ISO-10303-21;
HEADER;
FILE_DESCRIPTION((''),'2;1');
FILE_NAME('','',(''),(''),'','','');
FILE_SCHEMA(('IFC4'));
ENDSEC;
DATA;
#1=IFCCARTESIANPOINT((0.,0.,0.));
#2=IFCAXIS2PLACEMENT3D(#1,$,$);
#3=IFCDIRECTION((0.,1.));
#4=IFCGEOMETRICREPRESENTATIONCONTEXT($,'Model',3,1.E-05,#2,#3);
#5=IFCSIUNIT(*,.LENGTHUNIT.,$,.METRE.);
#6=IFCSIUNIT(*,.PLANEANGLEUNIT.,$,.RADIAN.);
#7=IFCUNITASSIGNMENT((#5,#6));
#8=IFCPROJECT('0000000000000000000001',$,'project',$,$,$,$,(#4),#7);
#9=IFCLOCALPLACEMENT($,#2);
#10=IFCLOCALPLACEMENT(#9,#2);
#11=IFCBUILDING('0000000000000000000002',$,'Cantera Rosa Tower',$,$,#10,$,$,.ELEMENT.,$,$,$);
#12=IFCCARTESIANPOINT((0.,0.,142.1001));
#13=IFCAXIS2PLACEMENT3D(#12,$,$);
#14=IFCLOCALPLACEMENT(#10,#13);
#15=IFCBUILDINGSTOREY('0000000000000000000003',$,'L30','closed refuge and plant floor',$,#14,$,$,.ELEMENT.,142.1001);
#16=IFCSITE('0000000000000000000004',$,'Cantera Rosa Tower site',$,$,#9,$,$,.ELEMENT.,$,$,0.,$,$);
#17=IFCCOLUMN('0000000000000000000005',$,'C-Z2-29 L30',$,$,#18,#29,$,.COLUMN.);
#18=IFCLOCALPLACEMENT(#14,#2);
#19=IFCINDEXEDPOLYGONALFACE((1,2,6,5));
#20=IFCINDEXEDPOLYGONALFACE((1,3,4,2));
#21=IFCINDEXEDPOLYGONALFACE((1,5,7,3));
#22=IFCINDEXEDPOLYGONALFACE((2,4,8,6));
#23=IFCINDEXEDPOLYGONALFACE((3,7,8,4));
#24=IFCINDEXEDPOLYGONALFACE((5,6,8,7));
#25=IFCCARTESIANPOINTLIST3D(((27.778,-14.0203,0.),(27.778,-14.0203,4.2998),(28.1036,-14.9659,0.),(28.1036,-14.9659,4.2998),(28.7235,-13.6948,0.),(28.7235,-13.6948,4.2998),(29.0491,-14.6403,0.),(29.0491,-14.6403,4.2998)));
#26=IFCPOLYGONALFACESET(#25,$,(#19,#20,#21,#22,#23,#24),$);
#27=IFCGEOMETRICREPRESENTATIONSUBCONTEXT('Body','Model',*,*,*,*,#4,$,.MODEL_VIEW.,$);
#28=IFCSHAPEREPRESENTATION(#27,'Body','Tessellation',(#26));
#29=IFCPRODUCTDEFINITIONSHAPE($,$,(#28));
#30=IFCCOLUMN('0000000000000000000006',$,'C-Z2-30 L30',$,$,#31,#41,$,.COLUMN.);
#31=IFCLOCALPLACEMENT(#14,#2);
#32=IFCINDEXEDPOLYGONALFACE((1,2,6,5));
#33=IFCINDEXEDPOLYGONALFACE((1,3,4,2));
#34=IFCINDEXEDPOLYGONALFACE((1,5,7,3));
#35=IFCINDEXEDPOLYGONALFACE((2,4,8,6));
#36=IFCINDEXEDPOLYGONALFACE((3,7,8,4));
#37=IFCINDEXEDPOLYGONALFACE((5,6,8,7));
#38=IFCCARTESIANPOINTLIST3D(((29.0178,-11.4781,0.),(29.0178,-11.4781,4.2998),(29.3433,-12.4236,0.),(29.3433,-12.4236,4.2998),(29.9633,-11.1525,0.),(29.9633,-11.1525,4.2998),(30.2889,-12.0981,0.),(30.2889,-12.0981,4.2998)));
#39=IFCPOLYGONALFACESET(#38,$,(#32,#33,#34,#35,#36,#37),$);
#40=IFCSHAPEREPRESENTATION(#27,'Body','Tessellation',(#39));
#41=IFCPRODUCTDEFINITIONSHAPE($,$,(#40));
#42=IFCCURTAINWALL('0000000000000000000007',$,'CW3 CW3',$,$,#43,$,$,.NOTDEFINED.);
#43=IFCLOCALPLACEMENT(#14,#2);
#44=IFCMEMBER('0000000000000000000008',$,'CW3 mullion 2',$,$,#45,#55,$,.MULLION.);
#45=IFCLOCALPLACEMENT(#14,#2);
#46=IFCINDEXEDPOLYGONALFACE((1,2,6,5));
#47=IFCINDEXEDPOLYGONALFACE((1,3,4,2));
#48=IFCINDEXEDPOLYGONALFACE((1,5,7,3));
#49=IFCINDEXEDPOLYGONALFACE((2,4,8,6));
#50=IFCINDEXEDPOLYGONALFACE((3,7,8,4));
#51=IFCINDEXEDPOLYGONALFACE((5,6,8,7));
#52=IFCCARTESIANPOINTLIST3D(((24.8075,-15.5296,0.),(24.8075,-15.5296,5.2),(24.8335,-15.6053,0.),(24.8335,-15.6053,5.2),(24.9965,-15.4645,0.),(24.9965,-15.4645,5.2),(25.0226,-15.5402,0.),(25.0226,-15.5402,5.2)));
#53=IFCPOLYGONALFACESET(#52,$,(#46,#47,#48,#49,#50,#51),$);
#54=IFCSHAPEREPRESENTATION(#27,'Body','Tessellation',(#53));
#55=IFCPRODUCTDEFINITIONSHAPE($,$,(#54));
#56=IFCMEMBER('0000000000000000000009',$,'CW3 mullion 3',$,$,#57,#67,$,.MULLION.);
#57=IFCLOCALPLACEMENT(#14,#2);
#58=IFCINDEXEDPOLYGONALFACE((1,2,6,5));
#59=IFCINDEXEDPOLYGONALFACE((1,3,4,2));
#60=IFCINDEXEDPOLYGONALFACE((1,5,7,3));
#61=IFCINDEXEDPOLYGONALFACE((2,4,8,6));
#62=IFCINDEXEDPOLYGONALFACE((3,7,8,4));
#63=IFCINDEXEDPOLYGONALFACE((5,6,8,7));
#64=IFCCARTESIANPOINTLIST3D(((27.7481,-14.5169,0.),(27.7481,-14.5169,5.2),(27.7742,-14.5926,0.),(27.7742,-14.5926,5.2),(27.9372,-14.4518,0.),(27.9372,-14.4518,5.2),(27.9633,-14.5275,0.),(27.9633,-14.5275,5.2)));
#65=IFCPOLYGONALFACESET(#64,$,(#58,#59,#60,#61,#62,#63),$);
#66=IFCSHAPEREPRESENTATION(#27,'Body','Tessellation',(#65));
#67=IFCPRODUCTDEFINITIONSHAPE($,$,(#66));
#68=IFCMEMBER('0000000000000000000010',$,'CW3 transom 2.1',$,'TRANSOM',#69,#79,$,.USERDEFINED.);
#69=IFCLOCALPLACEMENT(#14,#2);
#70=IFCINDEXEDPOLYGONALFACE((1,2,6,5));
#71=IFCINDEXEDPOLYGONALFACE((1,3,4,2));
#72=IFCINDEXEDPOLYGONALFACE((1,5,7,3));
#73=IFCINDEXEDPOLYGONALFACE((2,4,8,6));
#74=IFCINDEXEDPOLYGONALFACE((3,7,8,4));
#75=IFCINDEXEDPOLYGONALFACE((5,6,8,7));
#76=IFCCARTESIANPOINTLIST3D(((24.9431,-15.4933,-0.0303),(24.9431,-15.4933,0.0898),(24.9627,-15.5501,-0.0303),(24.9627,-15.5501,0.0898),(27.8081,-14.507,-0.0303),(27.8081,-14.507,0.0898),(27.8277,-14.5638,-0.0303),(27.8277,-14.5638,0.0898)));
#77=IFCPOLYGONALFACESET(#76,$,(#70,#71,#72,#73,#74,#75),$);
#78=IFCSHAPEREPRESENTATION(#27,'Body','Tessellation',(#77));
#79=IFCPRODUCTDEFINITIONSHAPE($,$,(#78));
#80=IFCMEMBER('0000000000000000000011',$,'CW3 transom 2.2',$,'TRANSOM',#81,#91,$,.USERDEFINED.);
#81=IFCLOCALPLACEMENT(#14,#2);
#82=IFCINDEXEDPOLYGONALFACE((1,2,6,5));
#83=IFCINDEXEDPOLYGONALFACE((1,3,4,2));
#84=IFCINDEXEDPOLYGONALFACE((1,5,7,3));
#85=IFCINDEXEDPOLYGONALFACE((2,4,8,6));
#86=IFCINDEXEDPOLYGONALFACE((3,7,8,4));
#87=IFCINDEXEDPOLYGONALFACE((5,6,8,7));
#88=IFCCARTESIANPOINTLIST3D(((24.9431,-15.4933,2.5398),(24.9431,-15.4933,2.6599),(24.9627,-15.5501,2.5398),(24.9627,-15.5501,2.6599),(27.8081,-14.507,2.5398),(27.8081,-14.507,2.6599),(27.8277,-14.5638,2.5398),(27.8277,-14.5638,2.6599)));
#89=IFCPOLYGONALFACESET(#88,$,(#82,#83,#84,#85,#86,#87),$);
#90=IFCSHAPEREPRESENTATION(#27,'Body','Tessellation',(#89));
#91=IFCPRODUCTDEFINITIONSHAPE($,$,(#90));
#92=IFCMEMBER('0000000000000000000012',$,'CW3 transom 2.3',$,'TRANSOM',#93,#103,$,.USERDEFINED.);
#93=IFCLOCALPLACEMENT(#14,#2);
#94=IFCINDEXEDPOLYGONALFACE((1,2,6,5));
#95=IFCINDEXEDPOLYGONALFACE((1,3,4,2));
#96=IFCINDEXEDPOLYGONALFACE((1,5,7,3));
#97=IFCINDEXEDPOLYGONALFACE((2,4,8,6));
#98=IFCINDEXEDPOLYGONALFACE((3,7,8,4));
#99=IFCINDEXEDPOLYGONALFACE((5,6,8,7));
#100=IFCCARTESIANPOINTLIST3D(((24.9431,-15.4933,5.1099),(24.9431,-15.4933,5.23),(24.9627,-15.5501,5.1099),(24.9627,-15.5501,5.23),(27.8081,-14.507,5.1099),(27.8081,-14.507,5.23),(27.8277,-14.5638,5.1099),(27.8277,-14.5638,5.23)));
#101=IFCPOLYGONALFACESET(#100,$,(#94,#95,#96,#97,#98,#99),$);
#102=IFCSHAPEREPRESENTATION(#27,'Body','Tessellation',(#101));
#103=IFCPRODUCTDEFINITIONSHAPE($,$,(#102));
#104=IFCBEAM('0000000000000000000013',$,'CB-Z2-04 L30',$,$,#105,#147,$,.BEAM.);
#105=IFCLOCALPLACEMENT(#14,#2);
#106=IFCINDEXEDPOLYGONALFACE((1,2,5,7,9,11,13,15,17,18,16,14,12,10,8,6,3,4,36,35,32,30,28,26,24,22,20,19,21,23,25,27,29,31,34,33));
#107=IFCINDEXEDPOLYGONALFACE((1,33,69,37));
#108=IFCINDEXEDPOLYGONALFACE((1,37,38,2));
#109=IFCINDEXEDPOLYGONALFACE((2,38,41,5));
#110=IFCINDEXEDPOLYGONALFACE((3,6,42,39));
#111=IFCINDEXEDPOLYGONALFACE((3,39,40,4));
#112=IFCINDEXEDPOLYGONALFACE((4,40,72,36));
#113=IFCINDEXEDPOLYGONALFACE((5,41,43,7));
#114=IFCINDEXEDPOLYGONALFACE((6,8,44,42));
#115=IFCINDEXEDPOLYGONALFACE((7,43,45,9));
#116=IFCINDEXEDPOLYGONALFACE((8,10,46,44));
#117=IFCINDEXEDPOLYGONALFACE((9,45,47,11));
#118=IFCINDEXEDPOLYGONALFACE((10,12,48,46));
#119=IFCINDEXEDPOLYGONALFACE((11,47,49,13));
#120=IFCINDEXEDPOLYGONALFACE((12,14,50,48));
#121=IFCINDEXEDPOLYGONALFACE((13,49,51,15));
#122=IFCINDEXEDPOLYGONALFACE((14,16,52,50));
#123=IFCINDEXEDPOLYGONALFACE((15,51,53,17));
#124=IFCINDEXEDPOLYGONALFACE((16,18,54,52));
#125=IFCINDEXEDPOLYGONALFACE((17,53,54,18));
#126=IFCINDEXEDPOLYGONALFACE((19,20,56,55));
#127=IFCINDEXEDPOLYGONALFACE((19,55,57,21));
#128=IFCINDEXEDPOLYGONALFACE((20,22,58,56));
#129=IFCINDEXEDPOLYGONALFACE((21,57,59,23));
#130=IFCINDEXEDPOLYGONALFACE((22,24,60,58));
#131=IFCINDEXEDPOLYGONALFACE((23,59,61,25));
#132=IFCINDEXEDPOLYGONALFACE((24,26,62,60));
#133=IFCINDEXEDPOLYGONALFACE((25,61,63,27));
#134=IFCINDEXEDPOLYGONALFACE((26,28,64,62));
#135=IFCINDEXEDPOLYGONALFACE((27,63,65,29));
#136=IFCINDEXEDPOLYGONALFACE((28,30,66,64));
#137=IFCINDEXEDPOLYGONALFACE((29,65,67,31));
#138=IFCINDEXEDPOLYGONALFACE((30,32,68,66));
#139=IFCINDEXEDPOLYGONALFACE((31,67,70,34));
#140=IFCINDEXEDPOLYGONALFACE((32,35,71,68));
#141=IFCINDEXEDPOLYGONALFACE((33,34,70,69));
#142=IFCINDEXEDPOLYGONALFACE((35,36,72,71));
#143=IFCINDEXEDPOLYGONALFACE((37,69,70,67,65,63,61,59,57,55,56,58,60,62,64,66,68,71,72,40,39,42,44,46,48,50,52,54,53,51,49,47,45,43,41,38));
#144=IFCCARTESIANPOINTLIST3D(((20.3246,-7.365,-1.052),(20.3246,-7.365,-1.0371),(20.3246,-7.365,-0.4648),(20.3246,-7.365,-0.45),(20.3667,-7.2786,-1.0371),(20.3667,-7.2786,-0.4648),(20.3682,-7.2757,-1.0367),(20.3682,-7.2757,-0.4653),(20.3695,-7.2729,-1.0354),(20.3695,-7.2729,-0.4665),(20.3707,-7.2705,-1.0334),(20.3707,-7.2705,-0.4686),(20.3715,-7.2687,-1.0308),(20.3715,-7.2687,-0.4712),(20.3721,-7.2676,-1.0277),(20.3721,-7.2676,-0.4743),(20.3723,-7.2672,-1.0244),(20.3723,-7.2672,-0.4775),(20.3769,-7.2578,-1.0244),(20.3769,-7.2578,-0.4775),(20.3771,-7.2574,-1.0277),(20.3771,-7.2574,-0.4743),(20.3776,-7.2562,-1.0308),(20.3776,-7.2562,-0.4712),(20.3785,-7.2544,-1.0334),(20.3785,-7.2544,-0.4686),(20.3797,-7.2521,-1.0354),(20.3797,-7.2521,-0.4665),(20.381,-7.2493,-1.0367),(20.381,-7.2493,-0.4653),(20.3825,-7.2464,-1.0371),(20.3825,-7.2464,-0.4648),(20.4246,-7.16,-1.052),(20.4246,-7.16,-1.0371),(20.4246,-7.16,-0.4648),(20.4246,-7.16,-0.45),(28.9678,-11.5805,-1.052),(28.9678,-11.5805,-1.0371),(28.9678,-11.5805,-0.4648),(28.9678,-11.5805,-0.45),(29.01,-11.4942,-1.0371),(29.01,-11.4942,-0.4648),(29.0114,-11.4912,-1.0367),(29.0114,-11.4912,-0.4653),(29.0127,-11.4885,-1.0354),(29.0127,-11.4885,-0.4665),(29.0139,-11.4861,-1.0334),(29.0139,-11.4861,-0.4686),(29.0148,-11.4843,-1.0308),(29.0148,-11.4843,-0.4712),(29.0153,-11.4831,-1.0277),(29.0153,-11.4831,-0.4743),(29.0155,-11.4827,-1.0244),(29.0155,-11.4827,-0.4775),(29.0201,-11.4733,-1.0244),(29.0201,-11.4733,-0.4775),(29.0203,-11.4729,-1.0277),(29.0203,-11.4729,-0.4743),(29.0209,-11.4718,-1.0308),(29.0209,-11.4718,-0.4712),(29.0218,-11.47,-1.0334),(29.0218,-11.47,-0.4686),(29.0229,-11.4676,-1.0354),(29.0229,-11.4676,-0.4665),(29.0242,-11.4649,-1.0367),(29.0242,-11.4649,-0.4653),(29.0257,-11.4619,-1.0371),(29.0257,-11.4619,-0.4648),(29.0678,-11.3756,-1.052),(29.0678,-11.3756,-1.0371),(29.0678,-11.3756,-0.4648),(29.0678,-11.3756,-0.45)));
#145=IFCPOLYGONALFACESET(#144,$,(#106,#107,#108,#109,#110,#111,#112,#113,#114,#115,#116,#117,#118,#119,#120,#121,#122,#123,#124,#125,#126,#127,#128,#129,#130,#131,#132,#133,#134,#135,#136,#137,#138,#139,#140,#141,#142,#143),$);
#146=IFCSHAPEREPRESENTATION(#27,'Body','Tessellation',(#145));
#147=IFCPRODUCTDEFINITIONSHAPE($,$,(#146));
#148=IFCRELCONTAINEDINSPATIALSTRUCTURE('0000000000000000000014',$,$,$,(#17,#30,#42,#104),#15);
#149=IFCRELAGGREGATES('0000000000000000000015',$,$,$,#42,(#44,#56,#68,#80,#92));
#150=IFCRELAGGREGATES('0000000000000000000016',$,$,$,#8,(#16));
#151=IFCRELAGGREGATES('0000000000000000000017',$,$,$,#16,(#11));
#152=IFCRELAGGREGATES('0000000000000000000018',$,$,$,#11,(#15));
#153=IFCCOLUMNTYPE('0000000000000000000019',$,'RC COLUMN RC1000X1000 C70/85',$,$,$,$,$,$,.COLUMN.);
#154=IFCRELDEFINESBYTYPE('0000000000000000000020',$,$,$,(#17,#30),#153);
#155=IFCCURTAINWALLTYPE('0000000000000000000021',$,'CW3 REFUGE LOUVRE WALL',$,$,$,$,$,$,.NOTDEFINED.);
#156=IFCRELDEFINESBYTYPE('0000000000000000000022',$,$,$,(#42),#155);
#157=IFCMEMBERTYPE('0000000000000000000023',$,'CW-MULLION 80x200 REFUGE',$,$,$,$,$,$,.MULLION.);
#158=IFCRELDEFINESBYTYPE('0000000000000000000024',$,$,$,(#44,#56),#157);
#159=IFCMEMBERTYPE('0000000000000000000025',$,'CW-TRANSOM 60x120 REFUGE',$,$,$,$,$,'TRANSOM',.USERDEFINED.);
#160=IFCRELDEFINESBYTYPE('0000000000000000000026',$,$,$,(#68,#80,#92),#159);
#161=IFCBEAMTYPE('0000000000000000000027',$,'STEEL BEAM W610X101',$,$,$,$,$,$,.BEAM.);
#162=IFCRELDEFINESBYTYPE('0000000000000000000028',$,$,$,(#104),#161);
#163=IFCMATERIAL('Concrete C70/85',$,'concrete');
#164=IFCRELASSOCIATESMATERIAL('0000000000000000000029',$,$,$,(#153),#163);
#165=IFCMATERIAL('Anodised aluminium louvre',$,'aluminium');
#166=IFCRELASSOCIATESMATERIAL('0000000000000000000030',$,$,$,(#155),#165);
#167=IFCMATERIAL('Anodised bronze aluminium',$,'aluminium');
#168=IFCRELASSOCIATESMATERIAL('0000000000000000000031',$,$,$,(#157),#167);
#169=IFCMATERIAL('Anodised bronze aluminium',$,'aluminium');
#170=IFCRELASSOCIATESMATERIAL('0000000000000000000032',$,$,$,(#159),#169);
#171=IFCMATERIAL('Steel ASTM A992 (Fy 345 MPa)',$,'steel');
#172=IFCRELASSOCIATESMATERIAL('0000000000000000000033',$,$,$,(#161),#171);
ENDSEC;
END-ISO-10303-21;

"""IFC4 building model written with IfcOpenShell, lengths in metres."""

from ifc_helpers import new_model, si_unit, direction, frame, origin, origin_2d, place, context, subcontext, project, spatial, rectangle, i_section, extrude, material, material_profile, profile_set, type_object, element, aggregate, save


model = new_model("IFC4")

# Units and contexts
model_context = context("Model", 3, precision=1e-05, world=origin(), true_north=direction((0.0, 1.0)))
body_context = subcontext(model_context, "Body", "Model", "MODEL_VIEW")
ifc_project = project(units=[si_unit("LENGTHUNIT", "METRE"), si_unit("PLANEANGLEUNIT", "RADIAN")], contexts=[model_context])

# Site, building, storey
site_placement = place(None, origin())
site = spatial("IfcSite", under=ifc_project, at=site_placement, Name="Cantera Rosa Tower site", CompositionType="ELEMENT", RefElevation=0.0)
building_placement = place(site_placement, origin())
building = spatial("IfcBuilding", under=site, at=building_placement, Name="Cantera Rosa Tower", CompositionType="ELEMENT")
storey_placement = place(building_placement, frame((0.0, 0.0, 142.1001)))
storey = spatial("IfcBuildingStorey", under=building, at=storey_placement, Name="L30", Description="closed refuge and plant floor", CompositionType="ELEMENT", Elevation=142.1001)

# Columns
ifc_material_1 = material(Name="Concrete C70/85", Category="concrete")
ifc_material_profile_1 = material_profile(ifc_material_1, rectangle(XDim=1.0, YDim=1.0, at=origin_2d()), Name="RC COLUMN RC1000X1000 C70/85")
ifc_profile_set_1 = profile_set([ifc_material_profile_1], Name="Concrete C70/85")
column_type = type_object("IfcColumnType", Name="RC COLUMN RC1000X1000 C70/85", PredefinedType="COLUMN", material=ifc_profile_set_1)
for number, where, z_axis, x_axis, name in (
    (1, (28.4136, -14.3303, 0.0), (0.0, 0.0, 1.0), (0.945519, 0.325568, 0.0), "C-Z2-29 L30"),
    (2, (29.6533, -11.7881, 0.0), (0.0, 0.0, 1.0), (0.945519, 0.325568, 0.0), "C-Z2-30 L30"),
):
    element("IfcColumn", number, at=place(storey_placement, frame(where, z_axis=z_axis, x_axis=x_axis)), inside=storey, type_object=column_type, Name=name, PredefinedType="COLUMN", context=body_context, shape_type="SweptSolid", body=[
        extrude(rectangle(XDim=1.0, YDim=1.0, at=origin_2d()), origin(), (0.0, 0.0, 1.0), 4.2998),
    ])

# Curtain wall, members
ifc_material_2 = material(Name="Anodised aluminium louvre", Category="aluminium")
curtain_wall_type = type_object("IfcCurtainWallType", Name="CW3 REFUGE LOUVRE WALL", PredefinedType="NOTDEFINED", material=ifc_material_2)
curtain_wall_placement = place(storey_placement, origin())
curtain_wall = element("IfcCurtainWall", 3, at=curtain_wall_placement, inside=storey, type_object=curtain_wall_type, Name="CW3 CW3", PredefinedType="NOTDEFINED")
ifc_material_3 = material(Name="Anodised bronze aluminium", Category="aluminium")
ifc_material_profile_2 = material_profile(ifc_material_3, rectangle(XDim=0.0801, YDim=0.2, at=origin_2d()), Name="CW-MULLION 80x200 REFUGE")
ifc_profile_set_2 = profile_set([ifc_material_profile_2], Name="Anodised bronze aluminium")
member_type_1 = type_object("IfcMemberType", Name="CW-MULLION 80x200 REFUGE", PredefinedType="MULLION", material=ifc_profile_set_2)
member_1_placement = place(storey_placement, frame((24.915, -15.5349, 0.0), z_axis=(0.0, 0.0, 1.0), x_axis=(-0.325568, 0.945519, 0.0)))
member_1 = element("IfcMember", 4, at=member_1_placement, type_object=member_type_1, Name="CW3 mullion 2", PredefinedType="MULLION", context=body_context, shape_type="SweptSolid", body=[
    extrude(rectangle(XDim=0.0801, YDim=0.2, at=origin_2d()), origin(), (0.0, 0.0, 1.0), 5.2),
])
member_2_placement = place(storey_placement, frame((27.8557, -14.5222, 0.0), z_axis=(0.0, 0.0, 1.0), x_axis=(-0.325568, 0.945519, 0.0)))
member_2 = element("IfcMember", 5, at=member_2_placement, type_object=member_type_1, Name="CW3 mullion 3", PredefinedType="MULLION", context=body_context, shape_type="SweptSolid", body=[
    extrude(rectangle(XDim=0.0801, YDim=0.2, at=origin_2d()), origin(), (0.0, 0.0, 1.0), 5.2),
])
ifc_material_4 = material(Name="Anodised bronze aluminium", Category="aluminium")
ifc_material_profile_3 = material_profile(ifc_material_4, rectangle(XDim=0.0601, YDim=0.1201, at=origin_2d()), Name="CW-TRANSOM 60x120 REFUGE")
ifc_profile_set_3 = profile_set([ifc_material_profile_3], Name="Anodised bronze aluminium")
member_type_2 = type_object("IfcMemberType", Name="CW-TRANSOM 60x120 REFUGE", ElementType="TRANSOM", PredefinedType="USERDEFINED", material=ifc_profile_set_3)
member_3_placement = place(storey_placement, frame((24.9529, -15.5217, 0.0298), z_axis=(0.945536, 0.325519, 0.0), x_axis=(-0.325519, 0.945536, 0.0)))
member_3 = element("IfcMember", 6, at=member_3_placement, type_object=member_type_2, Name="CW3 transom 2.1", ObjectType="TRANSOM", PredefinedType="USERDEFINED", context=body_context, shape_type="SweptSolid", body=[
    extrude(rectangle(XDim=0.0601, YDim=0.1201, at=origin_2d()), origin(), (0.0, 0.0, 1.0), 3.03),
])
member_4_placement = place(storey_placement, frame((24.9529, -15.5217, 2.5999), z_axis=(0.945536, 0.325519, 0.0), x_axis=(-0.325519, 0.945536, 0.0)))
member_4 = element("IfcMember", 7, at=member_4_placement, type_object=member_type_2, Name="CW3 transom 2.2", ObjectType="TRANSOM", PredefinedType="USERDEFINED", context=body_context, shape_type="SweptSolid", body=[
    extrude(rectangle(XDim=0.0601, YDim=0.1201, at=origin_2d()), origin(), (0.0, 0.0, 1.0), 3.03),
])
member_5_placement = place(storey_placement, frame((24.9529, -15.5217, 5.1699), z_axis=(0.945536, 0.325519, 0.0), x_axis=(-0.325519, 0.945536, 0.0)))
member_5 = element("IfcMember", 8, at=member_5_placement, type_object=member_type_2, Name="CW3 transom 2.3", ObjectType="TRANSOM", PredefinedType="USERDEFINED", context=body_context, shape_type="SweptSolid", body=[
    extrude(rectangle(XDim=0.0601, YDim=0.1201, at=origin_2d()), origin(), (0.0, 0.0, 1.0), 3.03),
])

# Beam
ifc_material_5 = material(Name="Steel ASTM A992 (Fy 345 MPa)", Category="steel")
ifc_material_profile_4 = material_profile(ifc_material_5, i_section(OverallWidth=0.228, OverallDepth=0.6021, WebThickness=0.0105, FlangeThickness=0.0149, FilletRadius=0.0127, at=origin_2d()), Name="W610X101")
ifc_profile_set_4 = profile_set([ifc_material_profile_4], Name="Steel ASTM A992 (Fy 345 MPa)")
beam_type_1 = type_object("IfcBeamType", Name="STEEL BEAM W610X101", PredefinedType="BEAM", material=ifc_profile_set_4)
beam_1_placement = place(storey_placement, frame((29.0178, -11.478, -0.751), z_axis=(-0.898796, 0.438367, 0.0), x_axis=(-0.438367, -0.898796, 0.0)))
element("IfcBeam", 9, at=beam_1_placement, inside=storey, type_object=beam_type_1, Name="CB-Z2-04 L30", PredefinedType="BEAM", context=body_context, shape_type="SweptSolid", body=[
    extrude(i_section(OverallWidth=0.228, OverallDepth=0.6021, WebThickness=0.0105, FlangeThickness=0.0149, FilletRadius=0.0127, at=origin_2d()), origin(), (0.0, 0.0, 1.0), 9.6165),
])

aggregate(curtain_wall, [member_1, member_2, member_3, member_4, member_5])

save(model, "model.ifc")
